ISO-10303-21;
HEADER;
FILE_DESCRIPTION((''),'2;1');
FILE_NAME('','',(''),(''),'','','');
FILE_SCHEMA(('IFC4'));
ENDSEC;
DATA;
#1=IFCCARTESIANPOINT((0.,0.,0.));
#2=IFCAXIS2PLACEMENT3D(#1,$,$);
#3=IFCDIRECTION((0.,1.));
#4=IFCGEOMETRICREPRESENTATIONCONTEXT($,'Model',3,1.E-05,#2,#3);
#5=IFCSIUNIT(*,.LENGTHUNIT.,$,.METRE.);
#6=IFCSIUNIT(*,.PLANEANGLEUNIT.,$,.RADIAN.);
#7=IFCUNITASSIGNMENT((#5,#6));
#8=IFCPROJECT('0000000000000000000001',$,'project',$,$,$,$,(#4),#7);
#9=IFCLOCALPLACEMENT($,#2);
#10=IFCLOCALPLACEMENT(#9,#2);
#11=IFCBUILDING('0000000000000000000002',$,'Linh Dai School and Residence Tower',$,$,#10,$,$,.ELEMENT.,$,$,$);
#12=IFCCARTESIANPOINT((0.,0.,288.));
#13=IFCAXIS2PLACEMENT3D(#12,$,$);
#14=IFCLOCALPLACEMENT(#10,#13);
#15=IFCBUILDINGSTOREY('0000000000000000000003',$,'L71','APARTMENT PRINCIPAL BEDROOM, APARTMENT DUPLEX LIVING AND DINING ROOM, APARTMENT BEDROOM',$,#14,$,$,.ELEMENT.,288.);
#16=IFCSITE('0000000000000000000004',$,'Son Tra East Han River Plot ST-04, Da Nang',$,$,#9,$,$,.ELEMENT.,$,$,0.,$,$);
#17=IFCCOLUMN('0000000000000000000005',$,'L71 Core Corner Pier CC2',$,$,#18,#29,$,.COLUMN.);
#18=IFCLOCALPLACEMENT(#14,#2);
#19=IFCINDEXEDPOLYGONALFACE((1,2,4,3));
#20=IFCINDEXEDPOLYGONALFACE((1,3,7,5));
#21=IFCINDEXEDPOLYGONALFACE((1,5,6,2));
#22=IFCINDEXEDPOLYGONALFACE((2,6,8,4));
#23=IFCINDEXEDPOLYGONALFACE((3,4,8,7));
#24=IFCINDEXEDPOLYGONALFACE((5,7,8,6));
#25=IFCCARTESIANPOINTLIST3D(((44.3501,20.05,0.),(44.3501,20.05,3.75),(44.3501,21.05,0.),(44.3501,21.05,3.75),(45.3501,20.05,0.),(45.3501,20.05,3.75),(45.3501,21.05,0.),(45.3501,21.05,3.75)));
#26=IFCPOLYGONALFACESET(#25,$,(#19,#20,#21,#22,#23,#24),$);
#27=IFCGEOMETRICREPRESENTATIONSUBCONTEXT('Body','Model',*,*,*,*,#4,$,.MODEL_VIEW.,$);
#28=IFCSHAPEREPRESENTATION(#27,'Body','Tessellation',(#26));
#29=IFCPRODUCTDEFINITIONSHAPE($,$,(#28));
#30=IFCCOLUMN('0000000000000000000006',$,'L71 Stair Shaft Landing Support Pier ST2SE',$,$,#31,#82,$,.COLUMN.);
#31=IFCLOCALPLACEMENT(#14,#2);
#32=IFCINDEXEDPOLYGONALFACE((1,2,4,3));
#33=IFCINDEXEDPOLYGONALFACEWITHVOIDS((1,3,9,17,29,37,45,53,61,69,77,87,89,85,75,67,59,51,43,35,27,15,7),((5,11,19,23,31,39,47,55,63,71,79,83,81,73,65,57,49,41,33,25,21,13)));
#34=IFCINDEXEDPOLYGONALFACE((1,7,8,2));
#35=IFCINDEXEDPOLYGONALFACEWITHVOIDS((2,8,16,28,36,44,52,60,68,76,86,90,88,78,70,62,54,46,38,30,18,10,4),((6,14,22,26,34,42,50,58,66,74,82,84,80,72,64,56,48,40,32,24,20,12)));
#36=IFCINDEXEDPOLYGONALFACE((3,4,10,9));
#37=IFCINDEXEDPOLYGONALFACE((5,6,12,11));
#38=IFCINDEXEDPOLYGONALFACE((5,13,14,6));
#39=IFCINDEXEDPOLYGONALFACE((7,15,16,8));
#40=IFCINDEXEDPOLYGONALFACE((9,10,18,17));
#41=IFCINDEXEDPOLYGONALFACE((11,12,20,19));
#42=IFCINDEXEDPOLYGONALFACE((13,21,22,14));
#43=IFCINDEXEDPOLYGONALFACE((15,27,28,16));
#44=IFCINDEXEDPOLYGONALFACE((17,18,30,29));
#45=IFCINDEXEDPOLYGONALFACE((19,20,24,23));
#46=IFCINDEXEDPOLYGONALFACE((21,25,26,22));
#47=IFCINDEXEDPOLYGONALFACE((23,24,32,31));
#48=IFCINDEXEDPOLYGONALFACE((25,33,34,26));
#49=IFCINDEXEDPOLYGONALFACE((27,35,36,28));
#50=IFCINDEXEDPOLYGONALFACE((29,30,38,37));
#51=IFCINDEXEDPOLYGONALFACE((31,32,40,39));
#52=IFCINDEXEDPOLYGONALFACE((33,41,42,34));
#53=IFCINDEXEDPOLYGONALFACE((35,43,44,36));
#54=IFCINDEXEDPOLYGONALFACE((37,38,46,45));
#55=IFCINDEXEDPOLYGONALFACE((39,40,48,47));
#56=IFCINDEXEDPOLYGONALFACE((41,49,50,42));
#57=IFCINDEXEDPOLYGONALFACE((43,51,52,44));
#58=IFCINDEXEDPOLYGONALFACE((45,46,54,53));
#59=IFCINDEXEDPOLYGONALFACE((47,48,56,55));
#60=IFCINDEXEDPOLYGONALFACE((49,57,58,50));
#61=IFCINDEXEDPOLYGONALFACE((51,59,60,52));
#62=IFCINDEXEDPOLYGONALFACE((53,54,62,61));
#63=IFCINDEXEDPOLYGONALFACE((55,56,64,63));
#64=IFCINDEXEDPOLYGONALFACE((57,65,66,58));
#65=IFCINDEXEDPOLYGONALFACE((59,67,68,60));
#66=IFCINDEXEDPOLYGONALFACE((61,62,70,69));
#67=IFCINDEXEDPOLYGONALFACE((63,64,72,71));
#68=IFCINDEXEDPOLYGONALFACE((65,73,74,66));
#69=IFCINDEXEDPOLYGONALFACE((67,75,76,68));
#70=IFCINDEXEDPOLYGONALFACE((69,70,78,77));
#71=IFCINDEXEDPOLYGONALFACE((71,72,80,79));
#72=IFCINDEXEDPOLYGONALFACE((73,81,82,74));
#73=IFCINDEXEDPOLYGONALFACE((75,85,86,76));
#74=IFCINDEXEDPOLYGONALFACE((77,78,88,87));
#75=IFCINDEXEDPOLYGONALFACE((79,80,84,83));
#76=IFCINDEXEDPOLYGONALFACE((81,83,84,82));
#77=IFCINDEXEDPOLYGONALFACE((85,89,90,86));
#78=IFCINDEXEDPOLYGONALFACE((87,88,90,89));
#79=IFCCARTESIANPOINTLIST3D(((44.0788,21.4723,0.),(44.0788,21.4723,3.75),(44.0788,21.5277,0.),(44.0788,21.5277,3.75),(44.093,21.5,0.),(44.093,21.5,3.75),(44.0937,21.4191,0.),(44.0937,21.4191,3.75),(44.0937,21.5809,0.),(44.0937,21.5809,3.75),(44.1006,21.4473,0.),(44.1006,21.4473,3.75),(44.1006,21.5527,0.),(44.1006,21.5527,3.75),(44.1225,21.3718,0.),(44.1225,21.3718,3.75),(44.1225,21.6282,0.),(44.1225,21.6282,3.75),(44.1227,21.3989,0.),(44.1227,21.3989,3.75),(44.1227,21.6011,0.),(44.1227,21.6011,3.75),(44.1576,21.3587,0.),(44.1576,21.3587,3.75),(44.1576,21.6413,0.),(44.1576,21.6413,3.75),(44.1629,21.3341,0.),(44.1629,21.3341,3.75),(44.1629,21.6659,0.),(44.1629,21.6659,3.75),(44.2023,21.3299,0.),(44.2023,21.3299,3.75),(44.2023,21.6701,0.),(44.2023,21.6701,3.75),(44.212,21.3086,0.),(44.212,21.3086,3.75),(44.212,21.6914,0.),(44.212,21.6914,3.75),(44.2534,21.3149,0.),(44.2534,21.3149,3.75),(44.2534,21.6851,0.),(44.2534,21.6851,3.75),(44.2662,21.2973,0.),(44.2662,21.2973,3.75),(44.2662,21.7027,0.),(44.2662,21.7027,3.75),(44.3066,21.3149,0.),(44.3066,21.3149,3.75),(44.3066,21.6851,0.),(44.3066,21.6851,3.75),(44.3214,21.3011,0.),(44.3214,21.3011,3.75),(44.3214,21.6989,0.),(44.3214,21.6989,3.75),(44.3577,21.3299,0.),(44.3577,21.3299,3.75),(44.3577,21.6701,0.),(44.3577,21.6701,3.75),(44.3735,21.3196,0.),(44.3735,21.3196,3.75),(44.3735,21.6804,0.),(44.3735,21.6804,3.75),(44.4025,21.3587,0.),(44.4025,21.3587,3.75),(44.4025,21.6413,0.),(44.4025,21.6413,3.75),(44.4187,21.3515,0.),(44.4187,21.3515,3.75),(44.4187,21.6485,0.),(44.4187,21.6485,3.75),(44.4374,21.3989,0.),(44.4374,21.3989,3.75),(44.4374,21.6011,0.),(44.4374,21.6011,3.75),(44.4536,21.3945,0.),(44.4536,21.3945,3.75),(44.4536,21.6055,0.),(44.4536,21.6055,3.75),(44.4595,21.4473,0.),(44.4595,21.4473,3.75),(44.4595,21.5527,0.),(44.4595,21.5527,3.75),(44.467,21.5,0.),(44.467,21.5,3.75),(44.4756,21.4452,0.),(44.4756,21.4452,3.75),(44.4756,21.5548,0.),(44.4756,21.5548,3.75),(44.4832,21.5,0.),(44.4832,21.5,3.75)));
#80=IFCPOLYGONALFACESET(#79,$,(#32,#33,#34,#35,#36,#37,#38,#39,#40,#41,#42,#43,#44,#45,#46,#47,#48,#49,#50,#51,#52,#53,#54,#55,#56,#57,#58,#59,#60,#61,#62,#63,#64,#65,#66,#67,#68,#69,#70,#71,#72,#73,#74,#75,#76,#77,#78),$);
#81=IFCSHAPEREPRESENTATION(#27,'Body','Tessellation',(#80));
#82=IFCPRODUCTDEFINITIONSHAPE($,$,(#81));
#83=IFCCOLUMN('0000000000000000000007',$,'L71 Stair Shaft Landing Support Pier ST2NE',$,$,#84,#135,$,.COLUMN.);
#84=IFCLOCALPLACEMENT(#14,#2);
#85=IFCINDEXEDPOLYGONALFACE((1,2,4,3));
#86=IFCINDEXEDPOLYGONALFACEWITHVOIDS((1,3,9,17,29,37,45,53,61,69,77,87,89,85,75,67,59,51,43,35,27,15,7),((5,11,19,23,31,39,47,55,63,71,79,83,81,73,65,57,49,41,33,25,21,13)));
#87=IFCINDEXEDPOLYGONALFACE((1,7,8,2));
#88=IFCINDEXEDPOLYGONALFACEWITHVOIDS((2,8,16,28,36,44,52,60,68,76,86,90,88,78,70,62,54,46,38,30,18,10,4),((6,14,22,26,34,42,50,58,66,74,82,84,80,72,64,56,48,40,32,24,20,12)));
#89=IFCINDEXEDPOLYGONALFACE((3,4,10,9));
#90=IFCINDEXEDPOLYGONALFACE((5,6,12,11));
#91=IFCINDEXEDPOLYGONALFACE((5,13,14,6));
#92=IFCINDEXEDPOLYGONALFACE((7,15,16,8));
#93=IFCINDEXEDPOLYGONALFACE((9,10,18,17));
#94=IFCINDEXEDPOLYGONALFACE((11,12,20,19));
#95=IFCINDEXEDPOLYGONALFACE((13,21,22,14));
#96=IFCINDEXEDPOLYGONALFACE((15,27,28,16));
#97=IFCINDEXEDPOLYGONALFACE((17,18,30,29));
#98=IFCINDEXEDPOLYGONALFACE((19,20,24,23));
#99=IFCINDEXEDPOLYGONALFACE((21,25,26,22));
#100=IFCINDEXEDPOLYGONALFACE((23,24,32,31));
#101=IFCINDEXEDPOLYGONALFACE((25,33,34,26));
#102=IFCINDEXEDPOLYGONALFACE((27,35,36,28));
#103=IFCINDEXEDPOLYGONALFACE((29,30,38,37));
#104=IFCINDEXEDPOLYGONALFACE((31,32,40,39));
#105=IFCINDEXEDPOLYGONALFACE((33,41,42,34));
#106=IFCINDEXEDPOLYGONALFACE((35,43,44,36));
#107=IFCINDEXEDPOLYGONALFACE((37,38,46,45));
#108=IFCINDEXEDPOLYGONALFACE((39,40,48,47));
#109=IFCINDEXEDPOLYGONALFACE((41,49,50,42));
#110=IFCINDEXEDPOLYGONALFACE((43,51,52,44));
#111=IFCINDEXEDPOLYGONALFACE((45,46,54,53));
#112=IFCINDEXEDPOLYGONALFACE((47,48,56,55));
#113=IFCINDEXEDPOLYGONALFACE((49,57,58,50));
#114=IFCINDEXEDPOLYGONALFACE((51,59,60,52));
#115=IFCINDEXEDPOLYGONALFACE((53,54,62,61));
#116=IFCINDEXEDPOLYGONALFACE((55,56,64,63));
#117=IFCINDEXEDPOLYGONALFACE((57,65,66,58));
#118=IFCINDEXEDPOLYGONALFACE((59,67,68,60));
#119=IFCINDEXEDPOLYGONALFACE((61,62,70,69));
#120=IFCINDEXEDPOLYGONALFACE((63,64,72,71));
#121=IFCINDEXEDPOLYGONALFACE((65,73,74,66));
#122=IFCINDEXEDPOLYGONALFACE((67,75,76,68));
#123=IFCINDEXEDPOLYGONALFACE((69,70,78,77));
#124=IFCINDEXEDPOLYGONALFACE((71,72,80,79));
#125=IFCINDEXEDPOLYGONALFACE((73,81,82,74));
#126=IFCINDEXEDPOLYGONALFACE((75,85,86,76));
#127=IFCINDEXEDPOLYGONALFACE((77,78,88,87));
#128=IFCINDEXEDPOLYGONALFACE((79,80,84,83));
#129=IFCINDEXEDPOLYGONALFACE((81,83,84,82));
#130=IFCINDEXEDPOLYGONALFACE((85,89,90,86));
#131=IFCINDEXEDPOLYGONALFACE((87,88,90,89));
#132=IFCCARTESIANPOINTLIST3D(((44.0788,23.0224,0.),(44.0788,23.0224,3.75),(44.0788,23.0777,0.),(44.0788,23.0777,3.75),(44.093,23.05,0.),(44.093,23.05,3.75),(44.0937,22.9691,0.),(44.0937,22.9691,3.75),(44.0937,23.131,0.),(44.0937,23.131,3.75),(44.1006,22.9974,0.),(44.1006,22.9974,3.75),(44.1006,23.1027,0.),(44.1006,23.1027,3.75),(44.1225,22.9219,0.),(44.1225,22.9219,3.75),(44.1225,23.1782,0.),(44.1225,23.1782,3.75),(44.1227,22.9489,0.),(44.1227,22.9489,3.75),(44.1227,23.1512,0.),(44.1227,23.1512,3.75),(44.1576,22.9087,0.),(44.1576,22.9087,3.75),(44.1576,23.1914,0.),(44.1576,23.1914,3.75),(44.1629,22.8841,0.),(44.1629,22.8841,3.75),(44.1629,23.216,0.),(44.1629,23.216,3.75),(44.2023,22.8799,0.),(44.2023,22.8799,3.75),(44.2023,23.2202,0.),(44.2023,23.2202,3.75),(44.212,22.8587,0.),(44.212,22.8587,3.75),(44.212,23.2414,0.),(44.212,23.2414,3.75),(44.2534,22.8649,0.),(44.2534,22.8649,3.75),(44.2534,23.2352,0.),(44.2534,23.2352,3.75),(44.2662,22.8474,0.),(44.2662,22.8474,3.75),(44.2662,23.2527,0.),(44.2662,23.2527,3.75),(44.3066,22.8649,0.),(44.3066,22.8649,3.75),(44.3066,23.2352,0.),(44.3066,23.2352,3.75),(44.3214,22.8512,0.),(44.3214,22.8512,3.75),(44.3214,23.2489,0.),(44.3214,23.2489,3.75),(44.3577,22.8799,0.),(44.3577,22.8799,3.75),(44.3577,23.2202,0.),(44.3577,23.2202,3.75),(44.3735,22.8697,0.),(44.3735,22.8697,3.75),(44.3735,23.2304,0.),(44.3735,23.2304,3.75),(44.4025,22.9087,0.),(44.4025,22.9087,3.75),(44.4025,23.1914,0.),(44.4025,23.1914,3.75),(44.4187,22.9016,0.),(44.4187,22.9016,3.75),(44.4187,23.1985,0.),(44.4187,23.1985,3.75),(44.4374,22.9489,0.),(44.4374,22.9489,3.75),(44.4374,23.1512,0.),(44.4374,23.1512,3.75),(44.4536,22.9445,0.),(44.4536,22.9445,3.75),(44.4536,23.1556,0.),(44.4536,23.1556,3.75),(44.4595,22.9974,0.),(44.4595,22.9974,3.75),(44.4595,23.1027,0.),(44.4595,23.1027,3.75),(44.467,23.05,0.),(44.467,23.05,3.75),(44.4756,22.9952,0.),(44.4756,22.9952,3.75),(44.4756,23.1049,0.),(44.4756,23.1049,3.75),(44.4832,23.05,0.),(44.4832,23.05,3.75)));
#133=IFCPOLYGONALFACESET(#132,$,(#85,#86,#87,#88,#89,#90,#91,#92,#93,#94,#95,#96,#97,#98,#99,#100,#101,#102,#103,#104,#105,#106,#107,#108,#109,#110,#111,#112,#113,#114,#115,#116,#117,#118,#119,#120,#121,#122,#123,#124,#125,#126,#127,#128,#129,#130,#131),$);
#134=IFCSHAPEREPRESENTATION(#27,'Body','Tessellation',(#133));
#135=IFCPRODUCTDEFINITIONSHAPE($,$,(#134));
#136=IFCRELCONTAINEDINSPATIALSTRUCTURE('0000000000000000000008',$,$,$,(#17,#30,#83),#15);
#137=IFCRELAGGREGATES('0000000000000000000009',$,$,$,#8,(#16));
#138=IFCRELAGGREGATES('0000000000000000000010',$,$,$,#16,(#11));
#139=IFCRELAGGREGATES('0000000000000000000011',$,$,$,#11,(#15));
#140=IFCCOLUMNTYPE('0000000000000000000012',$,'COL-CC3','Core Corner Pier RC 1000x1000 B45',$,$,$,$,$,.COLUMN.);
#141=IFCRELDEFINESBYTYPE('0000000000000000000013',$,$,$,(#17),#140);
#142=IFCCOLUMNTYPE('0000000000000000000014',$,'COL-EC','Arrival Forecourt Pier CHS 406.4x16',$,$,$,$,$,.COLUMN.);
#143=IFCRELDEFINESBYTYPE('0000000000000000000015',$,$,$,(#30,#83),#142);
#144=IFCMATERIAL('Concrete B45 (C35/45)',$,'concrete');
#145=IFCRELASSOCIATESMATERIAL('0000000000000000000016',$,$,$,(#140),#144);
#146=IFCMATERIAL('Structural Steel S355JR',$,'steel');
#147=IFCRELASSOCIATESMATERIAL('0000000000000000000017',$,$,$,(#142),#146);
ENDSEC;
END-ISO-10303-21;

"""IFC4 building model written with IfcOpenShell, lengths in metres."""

from ifc_helpers import new_model, si_unit, direction, frame, origin, origin_2d, place, context, subcontext, project, spatial, rectangle, hollow_circle, extrude, material, material_profile, profile_set, type_object, element, save


model = new_model("IFC4")

# Units and contexts
model_context = context("Model", 3, precision=1e-05, world=origin(), true_north=direction((0.0, 1.0)))
body_context = subcontext(model_context, "Body", "Model", "MODEL_VIEW")
ifc_project = project(units=[si_unit("LENGTHUNIT", "METRE"), si_unit("PLANEANGLEUNIT", "RADIAN")], contexts=[model_context])

# Site, building, storey
site_placement = place(None, origin())
site = spatial("IfcSite", under=ifc_project, at=site_placement, Name="Son Tra East Han River Plot ST-04, Da Nang", CompositionType="ELEMENT", RefElevation=0.0)
building_placement = place(site_placement, origin())
building = spatial("IfcBuilding", under=site, at=building_placement, Name="Linh Dai School and Residence Tower", CompositionType="ELEMENT")
storey_placement = place(building_placement, frame((0.0, 0.0, 288.0)))
storey = spatial("IfcBuildingStorey", under=building, at=storey_placement, Name="L71", Description="APARTMENT PRINCIPAL BEDROOM, APARTMENT DUPLEX LIVING AND DINING ROOM, APARTMENT BEDROOM", CompositionType="ELEMENT", Elevation=288.0)

# Columns
ifc_material_1 = material(Name="Concrete B45 (C35/45)", Category="concrete")
ifc_material_profile_1 = material_profile(ifc_material_1, rectangle(XDim=1.0, YDim=1.0, at=origin_2d()), Name="RC 1000x1000")
ifc_profile_set_1 = profile_set([ifc_material_profile_1], Name="Concrete B45 (C35/45)")
column_type_1 = type_object("IfcColumnType", Name="COL-CC3", Description="Core Corner Pier RC 1000x1000 B45", PredefinedType="COLUMN", material=ifc_profile_set_1)
column_1_placement = place(storey_placement, frame((44.8501, 20.55, 0.0), z_axis=(0.0, 0.0, 1.0), x_axis=(1.0, 0.0, 0.0)))
element("IfcColumn", 1, at=column_1_placement, inside=storey, type_object=column_type_1, Name="L71 Core Corner Pier CC2", PredefinedType="COLUMN", context=body_context, shape_type="SweptSolid", body=[
    extrude(rectangle(XDim=1.0, YDim=1.0, at=origin_2d()), origin(), (0.0, 0.0, 1.0), 3.75),
])
ifc_material_2 = material(Name="Structural Steel S355JR", Category="steel")
ifc_material_profile_2 = material_profile(ifc_material_2, hollow_circle(Radius=0.2031, WallThickness=0.0161, at=origin_2d()), Name="CHS 406.4x16")
ifc_profile_set_2 = profile_set([ifc_material_profile_2], Name="Structural Steel S355JR")
column_type_2 = type_object("IfcColumnType", Name="COL-EC", Description="Arrival Forecourt Pier CHS 406.4x16", PredefinedType="COLUMN", material=ifc_profile_set_2)
for number, where, z_axis, x_axis, name in (
    (2, (44.28, 21.5, 0.0), (0.0, 0.0, 1.0), (1.0, 0.0, 0.0), "L71 Stair Shaft Landing Support Pier ST2SE"),
    (3, (44.28, 23.05, 0.0), (0.0, 0.0, 1.0), (1.0, 0.0, 0.0), "L71 Stair Shaft Landing Support Pier ST2NE"),
):
    element("IfcColumn", number, at=place(storey_placement, frame(where, z_axis=z_axis, x_axis=x_axis)), inside=storey, type_object=column_type_2, Name=name, PredefinedType="COLUMN", context=body_context, shape_type="SweptSolid", body=[
        extrude(hollow_circle(Radius=0.2031, WallThickness=0.0161, at=origin_2d()), origin(), (0.0, 0.0, 1.0), 3.75),
    ])

save(model, "model.ifc")
